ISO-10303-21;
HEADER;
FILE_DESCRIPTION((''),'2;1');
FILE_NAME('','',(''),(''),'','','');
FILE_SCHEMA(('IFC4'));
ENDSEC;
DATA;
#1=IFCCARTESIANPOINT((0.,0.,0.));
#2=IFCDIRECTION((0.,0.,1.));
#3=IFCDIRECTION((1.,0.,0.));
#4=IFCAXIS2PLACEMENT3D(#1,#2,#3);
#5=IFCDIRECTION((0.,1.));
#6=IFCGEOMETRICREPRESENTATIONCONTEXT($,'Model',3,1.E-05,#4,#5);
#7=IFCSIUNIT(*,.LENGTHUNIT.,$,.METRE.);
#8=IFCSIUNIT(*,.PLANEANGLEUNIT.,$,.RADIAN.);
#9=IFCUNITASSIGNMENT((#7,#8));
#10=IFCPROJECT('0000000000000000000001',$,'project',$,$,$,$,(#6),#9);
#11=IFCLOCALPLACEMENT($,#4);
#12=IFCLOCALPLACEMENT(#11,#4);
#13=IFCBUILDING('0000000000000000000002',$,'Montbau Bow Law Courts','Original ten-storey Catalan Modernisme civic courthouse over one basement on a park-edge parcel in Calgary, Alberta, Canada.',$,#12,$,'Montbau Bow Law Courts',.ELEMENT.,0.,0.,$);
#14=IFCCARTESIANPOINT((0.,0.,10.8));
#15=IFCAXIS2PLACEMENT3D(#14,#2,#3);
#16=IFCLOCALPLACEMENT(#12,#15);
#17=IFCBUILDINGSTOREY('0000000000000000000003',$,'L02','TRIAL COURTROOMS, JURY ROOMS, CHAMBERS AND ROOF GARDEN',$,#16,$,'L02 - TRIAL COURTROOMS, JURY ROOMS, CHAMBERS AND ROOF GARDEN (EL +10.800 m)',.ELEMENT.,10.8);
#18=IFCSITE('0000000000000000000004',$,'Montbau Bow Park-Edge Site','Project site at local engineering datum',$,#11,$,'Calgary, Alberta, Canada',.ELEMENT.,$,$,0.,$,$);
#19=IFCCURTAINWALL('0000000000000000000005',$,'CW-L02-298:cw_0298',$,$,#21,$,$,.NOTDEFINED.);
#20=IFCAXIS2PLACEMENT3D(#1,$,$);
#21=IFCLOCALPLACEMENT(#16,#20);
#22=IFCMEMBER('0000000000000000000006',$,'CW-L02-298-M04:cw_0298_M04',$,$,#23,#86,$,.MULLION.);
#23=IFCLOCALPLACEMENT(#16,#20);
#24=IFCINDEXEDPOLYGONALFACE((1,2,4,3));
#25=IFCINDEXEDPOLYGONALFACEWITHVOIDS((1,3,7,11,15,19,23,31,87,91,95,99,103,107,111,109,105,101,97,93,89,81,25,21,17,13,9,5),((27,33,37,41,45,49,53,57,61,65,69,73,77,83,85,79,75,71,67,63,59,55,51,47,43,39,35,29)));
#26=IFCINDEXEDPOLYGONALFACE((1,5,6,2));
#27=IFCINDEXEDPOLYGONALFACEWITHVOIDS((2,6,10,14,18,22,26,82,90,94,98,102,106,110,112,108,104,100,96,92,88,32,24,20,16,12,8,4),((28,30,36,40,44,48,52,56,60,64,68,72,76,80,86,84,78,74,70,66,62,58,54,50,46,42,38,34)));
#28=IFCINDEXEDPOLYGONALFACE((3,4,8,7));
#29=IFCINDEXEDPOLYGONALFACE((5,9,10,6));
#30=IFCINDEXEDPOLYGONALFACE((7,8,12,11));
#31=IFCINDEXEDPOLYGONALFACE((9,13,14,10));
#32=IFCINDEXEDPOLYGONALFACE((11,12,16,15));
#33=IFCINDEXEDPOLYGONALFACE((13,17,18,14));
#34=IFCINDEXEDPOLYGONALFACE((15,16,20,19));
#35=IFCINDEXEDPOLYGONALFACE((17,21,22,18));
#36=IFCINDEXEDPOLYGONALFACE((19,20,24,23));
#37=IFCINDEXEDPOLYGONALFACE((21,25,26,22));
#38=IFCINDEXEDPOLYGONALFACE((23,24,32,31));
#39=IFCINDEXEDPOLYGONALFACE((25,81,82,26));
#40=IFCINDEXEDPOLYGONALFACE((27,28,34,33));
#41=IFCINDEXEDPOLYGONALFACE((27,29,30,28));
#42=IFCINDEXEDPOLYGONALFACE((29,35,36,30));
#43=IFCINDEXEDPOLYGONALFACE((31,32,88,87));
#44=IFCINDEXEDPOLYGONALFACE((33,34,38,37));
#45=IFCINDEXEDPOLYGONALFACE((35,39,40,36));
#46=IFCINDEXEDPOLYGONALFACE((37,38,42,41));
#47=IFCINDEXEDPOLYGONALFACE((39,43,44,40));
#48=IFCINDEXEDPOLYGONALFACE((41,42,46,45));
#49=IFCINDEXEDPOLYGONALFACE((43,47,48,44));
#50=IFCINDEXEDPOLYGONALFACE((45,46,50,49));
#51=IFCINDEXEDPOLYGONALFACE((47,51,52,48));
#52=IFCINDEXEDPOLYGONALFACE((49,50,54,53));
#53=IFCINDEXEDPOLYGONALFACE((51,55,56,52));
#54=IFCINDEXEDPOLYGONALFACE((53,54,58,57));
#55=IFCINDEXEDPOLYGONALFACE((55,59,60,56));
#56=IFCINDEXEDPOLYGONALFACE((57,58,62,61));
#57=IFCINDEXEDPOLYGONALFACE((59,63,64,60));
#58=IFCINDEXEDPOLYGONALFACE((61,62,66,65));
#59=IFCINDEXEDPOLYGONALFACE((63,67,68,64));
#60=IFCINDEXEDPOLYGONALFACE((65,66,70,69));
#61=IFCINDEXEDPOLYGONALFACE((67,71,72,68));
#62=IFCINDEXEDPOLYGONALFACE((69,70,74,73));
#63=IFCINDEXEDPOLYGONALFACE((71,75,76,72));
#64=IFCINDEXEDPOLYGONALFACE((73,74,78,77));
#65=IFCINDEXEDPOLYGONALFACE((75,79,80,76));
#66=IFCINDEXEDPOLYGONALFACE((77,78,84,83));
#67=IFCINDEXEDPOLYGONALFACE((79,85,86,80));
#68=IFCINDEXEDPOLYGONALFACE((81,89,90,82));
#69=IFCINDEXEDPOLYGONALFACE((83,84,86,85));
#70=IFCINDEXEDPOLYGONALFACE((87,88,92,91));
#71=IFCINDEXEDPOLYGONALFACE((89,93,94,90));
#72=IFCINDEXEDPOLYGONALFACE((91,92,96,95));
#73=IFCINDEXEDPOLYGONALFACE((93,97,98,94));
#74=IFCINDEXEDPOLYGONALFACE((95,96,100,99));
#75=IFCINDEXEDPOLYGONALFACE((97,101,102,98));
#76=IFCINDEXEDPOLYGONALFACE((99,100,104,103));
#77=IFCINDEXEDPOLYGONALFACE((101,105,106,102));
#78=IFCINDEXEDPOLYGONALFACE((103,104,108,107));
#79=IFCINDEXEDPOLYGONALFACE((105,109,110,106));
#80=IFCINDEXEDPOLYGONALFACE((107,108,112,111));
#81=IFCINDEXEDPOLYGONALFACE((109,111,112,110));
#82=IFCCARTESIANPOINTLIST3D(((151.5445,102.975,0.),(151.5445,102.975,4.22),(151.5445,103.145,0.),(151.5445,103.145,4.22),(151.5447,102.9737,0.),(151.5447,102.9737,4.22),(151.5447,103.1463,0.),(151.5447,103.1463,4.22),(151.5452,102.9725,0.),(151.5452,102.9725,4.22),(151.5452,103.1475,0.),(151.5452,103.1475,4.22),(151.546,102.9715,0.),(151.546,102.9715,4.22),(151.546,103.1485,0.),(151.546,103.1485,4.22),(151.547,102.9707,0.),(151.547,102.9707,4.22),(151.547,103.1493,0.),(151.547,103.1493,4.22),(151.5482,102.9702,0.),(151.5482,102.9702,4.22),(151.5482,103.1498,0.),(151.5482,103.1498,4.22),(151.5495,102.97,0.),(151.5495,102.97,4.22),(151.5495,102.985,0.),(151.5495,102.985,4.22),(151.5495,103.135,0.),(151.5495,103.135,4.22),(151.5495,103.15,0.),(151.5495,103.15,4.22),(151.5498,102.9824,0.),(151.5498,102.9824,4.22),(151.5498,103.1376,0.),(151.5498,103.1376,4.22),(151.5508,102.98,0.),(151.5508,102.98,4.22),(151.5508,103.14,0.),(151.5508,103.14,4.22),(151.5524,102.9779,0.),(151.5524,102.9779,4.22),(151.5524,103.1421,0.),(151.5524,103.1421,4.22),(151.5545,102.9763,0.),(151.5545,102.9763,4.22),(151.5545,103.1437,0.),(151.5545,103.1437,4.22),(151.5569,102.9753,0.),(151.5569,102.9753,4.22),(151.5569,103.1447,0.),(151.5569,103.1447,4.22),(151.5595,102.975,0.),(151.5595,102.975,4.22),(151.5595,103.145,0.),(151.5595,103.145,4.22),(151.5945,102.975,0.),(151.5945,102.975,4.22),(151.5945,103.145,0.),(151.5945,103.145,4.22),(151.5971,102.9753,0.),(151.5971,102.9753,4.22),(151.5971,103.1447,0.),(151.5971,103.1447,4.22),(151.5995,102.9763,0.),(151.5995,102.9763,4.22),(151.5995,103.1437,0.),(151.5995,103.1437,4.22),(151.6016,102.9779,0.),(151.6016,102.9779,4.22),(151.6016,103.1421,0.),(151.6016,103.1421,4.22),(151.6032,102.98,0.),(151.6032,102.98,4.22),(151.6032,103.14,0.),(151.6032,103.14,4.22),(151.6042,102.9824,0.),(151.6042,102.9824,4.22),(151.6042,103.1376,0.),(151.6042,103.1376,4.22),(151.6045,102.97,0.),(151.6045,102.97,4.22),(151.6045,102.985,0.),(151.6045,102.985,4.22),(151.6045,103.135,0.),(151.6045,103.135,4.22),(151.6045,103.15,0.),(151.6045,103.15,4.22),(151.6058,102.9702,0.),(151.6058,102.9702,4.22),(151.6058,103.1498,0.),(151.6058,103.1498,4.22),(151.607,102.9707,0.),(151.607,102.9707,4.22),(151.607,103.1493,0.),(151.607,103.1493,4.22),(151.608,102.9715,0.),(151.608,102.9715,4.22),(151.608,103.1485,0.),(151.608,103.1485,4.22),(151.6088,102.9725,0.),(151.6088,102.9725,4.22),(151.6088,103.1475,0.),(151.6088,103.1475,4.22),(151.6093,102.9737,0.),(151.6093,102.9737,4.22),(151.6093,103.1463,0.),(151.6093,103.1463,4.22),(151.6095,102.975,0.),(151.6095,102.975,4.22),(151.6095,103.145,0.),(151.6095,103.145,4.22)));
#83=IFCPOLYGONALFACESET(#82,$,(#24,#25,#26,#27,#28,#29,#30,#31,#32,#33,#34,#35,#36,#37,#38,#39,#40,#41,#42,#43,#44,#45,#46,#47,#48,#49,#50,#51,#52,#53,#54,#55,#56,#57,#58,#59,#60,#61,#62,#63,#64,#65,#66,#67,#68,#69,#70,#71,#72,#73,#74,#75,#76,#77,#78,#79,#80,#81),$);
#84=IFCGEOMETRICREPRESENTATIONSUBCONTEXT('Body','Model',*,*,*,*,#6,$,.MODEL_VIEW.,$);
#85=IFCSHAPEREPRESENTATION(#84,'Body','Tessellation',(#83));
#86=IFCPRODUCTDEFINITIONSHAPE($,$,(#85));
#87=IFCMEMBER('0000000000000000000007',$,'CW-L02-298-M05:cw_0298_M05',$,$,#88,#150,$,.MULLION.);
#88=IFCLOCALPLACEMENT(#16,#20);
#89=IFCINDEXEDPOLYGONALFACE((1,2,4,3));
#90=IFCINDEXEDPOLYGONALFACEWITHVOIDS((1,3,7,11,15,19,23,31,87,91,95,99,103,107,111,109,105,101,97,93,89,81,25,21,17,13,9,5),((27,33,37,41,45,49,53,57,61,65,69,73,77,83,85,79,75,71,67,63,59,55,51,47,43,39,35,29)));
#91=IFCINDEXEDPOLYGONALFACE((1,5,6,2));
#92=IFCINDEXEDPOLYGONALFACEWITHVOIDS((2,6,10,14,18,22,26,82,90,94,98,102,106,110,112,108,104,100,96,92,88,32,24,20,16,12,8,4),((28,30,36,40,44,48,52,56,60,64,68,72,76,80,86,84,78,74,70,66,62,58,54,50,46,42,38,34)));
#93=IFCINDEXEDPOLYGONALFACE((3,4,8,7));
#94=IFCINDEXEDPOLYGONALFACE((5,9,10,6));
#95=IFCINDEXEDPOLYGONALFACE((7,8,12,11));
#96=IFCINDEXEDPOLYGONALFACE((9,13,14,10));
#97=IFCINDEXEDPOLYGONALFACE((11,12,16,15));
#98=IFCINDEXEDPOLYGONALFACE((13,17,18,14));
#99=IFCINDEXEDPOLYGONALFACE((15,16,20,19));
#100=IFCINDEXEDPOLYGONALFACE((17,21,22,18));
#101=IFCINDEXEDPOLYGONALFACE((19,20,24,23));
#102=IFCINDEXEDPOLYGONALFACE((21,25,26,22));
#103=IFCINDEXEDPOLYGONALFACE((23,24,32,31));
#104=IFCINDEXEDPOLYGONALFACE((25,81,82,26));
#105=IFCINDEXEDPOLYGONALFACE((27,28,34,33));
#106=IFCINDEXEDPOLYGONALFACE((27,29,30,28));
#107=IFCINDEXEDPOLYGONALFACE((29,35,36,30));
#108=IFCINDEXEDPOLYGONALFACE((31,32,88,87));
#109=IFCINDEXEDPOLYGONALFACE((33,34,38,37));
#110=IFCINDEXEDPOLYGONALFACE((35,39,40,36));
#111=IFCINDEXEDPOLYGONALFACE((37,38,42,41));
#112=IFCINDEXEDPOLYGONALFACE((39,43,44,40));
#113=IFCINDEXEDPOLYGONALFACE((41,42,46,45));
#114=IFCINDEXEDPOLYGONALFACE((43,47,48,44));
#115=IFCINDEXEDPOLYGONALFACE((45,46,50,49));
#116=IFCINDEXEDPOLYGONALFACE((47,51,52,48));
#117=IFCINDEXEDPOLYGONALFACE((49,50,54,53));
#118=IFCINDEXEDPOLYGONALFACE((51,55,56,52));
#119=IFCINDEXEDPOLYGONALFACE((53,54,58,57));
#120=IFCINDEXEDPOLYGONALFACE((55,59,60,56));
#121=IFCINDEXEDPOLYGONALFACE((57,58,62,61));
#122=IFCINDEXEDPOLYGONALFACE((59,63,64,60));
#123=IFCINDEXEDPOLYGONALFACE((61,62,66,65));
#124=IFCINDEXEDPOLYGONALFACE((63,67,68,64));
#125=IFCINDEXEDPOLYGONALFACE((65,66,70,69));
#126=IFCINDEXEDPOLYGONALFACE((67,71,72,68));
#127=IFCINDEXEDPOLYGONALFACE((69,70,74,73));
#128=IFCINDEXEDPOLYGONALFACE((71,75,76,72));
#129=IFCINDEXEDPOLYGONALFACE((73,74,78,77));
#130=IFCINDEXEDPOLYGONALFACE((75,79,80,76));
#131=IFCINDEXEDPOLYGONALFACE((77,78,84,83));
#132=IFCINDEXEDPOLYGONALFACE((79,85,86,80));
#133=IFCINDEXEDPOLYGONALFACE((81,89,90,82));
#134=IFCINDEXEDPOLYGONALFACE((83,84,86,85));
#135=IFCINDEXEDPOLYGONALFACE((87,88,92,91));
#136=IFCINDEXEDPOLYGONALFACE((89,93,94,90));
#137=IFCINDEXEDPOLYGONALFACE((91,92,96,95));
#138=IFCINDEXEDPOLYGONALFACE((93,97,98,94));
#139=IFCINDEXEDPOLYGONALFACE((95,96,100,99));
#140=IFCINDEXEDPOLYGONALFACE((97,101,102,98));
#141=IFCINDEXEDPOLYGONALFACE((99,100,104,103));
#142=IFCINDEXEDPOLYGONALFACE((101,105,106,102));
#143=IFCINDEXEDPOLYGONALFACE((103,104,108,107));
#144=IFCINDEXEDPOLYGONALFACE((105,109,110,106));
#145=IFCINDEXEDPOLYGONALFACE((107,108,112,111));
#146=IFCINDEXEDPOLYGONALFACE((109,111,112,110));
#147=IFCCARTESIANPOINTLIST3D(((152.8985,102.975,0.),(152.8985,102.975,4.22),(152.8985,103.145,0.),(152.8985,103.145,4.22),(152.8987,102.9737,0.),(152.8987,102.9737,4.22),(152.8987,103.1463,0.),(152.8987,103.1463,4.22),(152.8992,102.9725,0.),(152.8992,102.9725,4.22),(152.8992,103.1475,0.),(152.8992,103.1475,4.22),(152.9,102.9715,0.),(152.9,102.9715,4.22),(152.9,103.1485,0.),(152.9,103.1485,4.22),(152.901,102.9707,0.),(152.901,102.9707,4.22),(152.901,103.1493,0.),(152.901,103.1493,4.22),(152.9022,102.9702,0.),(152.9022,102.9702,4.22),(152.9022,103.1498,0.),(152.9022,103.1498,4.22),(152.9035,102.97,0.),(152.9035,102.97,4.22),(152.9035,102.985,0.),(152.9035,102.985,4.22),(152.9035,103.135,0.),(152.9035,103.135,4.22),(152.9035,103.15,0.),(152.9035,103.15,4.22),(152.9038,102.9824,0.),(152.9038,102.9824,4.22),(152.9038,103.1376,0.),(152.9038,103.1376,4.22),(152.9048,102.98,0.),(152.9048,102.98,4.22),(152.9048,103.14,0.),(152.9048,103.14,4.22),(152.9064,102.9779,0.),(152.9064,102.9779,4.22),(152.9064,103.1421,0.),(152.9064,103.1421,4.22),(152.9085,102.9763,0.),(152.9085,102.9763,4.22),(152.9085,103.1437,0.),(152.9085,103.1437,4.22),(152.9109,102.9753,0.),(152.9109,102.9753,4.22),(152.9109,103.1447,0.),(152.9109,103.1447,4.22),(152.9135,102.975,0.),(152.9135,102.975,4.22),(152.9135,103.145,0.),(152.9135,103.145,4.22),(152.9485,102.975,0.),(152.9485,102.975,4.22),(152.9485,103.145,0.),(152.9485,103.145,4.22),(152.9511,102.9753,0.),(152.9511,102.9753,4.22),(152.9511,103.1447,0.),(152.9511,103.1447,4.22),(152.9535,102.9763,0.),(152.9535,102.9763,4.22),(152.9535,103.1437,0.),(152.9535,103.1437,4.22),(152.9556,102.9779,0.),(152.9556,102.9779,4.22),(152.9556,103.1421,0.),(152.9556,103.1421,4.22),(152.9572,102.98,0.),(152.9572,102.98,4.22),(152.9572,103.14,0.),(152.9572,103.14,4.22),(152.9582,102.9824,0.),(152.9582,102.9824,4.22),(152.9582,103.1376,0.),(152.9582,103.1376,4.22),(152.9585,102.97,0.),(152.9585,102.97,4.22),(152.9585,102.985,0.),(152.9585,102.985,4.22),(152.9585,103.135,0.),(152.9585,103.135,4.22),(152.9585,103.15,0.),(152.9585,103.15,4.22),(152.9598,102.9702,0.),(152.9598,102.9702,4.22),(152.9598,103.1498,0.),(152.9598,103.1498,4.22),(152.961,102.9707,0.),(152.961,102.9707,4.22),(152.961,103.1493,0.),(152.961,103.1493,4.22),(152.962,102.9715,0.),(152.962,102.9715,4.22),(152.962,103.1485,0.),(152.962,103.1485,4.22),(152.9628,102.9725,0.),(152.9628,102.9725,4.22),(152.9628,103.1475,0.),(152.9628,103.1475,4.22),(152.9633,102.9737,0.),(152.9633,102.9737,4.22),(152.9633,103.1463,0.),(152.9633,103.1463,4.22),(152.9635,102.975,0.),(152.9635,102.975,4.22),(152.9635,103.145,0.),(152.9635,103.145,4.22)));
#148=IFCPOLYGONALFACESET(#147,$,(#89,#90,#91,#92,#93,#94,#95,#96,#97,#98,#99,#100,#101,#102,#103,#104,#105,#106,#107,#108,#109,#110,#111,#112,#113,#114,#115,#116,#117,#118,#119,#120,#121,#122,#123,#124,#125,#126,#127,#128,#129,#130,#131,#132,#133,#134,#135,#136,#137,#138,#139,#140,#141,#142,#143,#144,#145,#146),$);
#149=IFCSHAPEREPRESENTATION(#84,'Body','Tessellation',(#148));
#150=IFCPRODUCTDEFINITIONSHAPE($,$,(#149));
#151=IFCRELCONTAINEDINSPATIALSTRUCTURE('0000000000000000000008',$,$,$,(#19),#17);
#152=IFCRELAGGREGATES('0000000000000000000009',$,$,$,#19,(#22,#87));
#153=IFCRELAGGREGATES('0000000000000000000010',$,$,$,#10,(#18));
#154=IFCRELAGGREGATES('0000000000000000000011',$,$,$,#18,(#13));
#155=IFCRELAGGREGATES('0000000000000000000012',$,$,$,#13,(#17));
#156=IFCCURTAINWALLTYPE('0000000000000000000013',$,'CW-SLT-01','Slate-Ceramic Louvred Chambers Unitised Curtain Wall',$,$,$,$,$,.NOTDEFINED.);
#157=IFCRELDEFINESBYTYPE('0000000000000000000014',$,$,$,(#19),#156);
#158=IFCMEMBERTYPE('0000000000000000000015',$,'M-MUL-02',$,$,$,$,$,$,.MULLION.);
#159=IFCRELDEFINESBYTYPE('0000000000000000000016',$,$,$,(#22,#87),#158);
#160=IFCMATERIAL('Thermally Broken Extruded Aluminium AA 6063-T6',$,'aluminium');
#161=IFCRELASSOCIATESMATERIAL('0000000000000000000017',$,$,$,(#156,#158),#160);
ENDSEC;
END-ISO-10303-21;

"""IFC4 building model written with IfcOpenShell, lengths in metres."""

from ifc_helpers import new_model, si_unit, direction, frame, origin_with_axes, origin_2d_with_axis, place, context, subcontext, project, spatial, hollow_rectangle, extrude, material, material_profile, profile_set, type_object, element, aggregate, save


model = new_model("IFC4")

# Units and contexts
model_context = context("Model", 3, precision=1e-05, world=origin_with_axes(), true_north=direction((0.0, 1.0)))
body_context = subcontext(model_context, "Body", "Model", "MODEL_VIEW")
ifc_project = project(units=[si_unit("LENGTHUNIT", "METRE"), si_unit("PLANEANGLEUNIT", "RADIAN")], contexts=[model_context])

# Site, building, storey
site_placement = place(None, origin_with_axes())
site = spatial("IfcSite", under=ifc_project, at=site_placement, Name="Montbau Bow Park-Edge Site", Description="Project site at local engineering datum", LongName="Calgary, Alberta, Canada", CompositionType="ELEMENT", RefElevation=0.0)
building_placement = place(site_placement, origin_with_axes())
building = spatial("IfcBuilding", under=site, at=building_placement, Name="Montbau Bow Law Courts", Description="Original ten-storey Catalan Modernisme civic courthouse over one basement on a park-edge parcel in Calgary, Alberta, Canada.", LongName="Montbau Bow Law Courts", CompositionType="ELEMENT", ElevationOfRefHeight=0.0, ElevationOfTerrain=0.0)
storey_placement = place(building_placement, frame((0.0, 0.0, 10.8), z_axis=(0.0, 0.0, 1.0), x_axis=(1.0, 0.0, 0.0)))
storey = spatial("IfcBuildingStorey", under=building, at=storey_placement, Name="L02", Description="TRIAL COURTROOMS, JURY ROOMS, CHAMBERS AND ROOF GARDEN", LongName="L02 - TRIAL COURTROOMS, JURY ROOMS, CHAMBERS AND ROOF GARDEN (EL +10.800 m)", CompositionType="ELEMENT", Elevation=10.8)

# Curtain wall, members
ifc_material_1 = material(Name="Thermally Broken Extruded Aluminium AA 6063-T6", Category="aluminium")
curtain_wall_type = type_object("IfcCurtainWallType", Name="CW-SLT-01", Description="Slate-Ceramic Louvred Chambers Unitised Curtain Wall", PredefinedType="NOTDEFINED", material=ifc_material_1)
curtain_wall_placement = place(None, frame((147.515, 103.06, 10.8), z_axis=(0.0, 0.0, 1.0), x_axis=(1.0, 0.0, 0.0)))
curtain_wall = element("IfcCurtainWall", 1, at=curtain_wall_placement, inside=storey, type_object=curtain_wall_type, Name="CW-L02-298:cw_0298", PredefinedType="NOTDEFINED")
ifc_material_profile_1 = material_profile(ifc_material_1, hollow_rectangle(XDim=0.065, YDim=0.18, WallThickness=0.005, InnerFilletRadius=0.01, OuterFilletRadius=0.005, at=origin_2d_with_axis()), Name="CWM-180X65", Category="Main", Priority=0)
ifc_profile_set_1 = profile_set([ifc_material_profile_1], Name="Thermally Broken Extruded Aluminium AA 6063-T6")
member_type_1 = type_object("IfcMemberType", Name="M-MUL-02", PredefinedType="MULLION", material=ifc_profile_set_1)
member_1_placement = place(None, frame((151.577, 103.06, 10.8), z_axis=(0.0, 0.0, 1.0), x_axis=(1.0, 0.0, 0.0)))
member_1 = element("IfcMember", 2, at=member_1_placement, type_object=member_type_1, Name="CW-L02-298-M04:cw_0298_M04", PredefinedType="MULLION", context=body_context, shape_type="SweptSolid", body=[
    extrude(hollow_rectangle(XDim=0.065, YDim=0.18, WallThickness=0.005, InnerFilletRadius=0.01, OuterFilletRadius=0.005, at=origin_2d_with_axis()), origin_with_axes(), (0.0, 0.0, 1.0), 4.22),
])
member_2_placement = place(None, frame((152.931, 103.06, 10.8), z_axis=(0.0, 0.0, 1.0), x_axis=(1.0, 0.0, 0.0)))
member_2 = element("IfcMember", 3, at=member_2_placement, type_object=member_type_1, Name="CW-L02-298-M05:cw_0298_M05", PredefinedType="MULLION", context=body_context, shape_type="SweptSolid", body=[
    extrude(hollow_rectangle(XDim=0.065, YDim=0.18, WallThickness=0.005, InnerFilletRadius=0.01, OuterFilletRadius=0.005, at=origin_2d_with_axis()), origin_with_axes(), (0.0, 0.0, 1.0), 4.22),
])
aggregate(curtain_wall, [member_1, member_2])

save(model, "model.ifc")
